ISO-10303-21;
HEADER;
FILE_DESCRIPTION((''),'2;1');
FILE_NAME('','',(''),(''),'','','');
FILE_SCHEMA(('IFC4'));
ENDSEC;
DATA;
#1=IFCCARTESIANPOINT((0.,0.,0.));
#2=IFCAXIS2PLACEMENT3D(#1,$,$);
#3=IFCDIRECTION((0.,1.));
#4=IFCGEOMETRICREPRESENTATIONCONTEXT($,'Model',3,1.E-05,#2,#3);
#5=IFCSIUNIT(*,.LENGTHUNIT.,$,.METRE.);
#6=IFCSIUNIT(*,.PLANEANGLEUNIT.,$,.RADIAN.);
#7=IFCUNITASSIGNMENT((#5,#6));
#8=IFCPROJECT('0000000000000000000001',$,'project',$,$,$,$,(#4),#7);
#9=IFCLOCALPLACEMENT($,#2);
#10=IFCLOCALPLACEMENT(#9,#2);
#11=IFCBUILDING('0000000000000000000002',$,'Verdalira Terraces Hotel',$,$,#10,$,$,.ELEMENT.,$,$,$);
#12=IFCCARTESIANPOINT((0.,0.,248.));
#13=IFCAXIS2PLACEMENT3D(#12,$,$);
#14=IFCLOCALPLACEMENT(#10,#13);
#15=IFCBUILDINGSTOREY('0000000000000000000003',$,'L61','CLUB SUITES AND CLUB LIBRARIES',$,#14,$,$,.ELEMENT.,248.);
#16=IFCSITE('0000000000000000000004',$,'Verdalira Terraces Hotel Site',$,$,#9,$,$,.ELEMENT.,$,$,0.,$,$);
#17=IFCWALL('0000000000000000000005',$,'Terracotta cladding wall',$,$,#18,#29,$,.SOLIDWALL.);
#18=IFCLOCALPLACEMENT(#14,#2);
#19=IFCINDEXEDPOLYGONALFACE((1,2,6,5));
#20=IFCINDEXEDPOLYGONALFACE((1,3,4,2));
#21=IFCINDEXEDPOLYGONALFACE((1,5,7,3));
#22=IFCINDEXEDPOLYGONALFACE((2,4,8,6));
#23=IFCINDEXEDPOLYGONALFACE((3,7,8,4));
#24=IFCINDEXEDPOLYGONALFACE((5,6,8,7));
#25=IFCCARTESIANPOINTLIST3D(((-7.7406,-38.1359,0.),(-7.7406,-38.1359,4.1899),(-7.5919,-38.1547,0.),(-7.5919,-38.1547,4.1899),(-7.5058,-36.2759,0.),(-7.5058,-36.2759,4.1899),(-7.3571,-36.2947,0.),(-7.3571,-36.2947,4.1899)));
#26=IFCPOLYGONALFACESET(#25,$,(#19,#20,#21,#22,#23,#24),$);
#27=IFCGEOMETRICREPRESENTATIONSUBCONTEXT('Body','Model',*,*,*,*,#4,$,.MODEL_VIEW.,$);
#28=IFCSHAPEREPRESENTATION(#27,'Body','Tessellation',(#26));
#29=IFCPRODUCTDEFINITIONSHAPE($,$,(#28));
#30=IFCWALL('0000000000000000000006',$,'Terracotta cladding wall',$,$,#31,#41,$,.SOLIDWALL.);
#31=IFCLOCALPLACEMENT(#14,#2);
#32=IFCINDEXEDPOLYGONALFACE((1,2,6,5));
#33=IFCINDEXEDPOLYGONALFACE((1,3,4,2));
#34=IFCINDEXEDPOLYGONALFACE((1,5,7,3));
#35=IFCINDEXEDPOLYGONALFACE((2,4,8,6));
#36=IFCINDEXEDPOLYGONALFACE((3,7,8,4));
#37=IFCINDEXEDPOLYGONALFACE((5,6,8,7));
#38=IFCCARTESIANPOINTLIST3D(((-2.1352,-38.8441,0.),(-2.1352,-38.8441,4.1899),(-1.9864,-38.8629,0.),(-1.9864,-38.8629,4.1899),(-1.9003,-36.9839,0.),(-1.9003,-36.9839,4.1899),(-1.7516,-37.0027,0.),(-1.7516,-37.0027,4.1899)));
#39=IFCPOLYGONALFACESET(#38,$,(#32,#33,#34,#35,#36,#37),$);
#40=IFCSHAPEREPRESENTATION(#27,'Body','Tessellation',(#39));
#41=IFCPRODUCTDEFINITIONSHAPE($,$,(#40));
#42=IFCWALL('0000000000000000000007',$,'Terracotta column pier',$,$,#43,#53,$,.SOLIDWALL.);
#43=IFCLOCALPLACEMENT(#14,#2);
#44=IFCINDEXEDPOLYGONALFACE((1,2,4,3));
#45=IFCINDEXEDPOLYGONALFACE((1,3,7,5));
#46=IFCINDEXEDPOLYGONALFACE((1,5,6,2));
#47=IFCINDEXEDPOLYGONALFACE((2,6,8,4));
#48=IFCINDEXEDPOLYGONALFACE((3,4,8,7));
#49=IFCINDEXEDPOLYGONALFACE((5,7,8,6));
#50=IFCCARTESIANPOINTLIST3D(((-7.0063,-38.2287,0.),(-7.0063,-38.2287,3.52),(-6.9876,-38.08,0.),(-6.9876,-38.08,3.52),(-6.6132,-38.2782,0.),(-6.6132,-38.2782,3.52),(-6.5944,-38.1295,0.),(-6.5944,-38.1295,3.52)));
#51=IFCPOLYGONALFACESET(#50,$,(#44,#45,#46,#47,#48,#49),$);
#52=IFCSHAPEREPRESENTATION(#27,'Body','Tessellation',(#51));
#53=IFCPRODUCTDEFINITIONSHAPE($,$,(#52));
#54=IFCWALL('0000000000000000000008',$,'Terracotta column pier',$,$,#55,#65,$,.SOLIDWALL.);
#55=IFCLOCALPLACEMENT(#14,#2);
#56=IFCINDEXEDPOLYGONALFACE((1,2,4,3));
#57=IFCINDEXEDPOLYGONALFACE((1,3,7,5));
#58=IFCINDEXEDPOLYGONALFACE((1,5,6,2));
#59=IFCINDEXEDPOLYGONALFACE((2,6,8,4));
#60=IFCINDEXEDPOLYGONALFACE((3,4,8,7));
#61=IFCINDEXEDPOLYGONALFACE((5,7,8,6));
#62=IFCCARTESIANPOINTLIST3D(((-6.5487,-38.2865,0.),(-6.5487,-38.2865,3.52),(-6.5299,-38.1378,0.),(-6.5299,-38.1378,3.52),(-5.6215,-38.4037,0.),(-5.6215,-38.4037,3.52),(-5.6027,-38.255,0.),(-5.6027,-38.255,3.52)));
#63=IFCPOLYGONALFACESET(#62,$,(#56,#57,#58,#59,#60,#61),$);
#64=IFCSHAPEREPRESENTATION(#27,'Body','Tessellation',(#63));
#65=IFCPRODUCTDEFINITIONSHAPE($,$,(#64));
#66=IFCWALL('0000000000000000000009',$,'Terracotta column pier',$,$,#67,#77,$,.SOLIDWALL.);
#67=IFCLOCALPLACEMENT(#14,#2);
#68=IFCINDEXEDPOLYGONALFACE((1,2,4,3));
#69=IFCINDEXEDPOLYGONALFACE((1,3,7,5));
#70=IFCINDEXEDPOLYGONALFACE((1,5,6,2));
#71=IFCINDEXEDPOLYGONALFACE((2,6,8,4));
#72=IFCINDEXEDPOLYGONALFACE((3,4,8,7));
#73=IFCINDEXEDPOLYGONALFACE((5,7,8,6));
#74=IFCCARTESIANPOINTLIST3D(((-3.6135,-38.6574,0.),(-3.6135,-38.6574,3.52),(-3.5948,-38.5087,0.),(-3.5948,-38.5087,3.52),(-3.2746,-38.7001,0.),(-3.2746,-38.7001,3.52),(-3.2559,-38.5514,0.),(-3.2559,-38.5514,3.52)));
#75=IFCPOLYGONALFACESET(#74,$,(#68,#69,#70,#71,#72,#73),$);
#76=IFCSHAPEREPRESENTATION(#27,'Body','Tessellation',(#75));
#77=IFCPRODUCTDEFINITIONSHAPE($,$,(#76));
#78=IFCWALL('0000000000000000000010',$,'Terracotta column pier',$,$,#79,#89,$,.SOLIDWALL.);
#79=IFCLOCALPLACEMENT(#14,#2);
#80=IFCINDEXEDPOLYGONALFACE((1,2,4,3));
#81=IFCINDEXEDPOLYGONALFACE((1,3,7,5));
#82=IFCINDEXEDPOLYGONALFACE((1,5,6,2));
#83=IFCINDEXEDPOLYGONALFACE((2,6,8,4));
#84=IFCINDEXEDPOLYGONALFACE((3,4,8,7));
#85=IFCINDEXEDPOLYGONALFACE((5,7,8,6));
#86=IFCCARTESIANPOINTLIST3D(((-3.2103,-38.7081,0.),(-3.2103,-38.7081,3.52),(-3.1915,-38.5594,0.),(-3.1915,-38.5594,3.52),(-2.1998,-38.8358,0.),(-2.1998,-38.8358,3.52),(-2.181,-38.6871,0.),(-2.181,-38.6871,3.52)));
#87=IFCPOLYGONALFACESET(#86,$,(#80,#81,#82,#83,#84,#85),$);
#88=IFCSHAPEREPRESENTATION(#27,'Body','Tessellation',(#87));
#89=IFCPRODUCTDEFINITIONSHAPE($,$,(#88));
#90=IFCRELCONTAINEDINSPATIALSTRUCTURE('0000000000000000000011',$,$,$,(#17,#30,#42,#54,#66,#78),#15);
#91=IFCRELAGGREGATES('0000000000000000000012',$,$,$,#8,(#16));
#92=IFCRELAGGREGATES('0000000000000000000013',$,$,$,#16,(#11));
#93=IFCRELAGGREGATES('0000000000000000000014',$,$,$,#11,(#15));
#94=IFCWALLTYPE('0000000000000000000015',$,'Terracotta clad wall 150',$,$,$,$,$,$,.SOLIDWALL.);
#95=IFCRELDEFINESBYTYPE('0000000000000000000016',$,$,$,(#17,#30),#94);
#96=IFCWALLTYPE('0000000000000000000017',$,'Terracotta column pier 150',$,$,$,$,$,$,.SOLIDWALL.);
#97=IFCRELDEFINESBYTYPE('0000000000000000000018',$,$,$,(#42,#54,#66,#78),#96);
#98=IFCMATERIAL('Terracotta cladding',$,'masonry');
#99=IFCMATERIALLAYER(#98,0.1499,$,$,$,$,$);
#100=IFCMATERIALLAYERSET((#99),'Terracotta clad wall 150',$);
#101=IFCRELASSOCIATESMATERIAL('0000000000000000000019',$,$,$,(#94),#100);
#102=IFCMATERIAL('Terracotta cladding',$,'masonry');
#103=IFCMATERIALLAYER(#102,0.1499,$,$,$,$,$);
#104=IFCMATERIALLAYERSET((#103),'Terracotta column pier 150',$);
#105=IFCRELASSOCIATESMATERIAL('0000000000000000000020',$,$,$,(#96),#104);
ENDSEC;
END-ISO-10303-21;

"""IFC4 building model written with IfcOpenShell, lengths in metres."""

from ifc_helpers import new_model, si_unit, direction, frame, frame_2d, origin, place, context, subcontext, project, spatial, rectangle, extrude, material, layer, layer_set, type_object, element, save


model = new_model("IFC4")

# Units and contexts
model_context = context("Model", 3, precision=1e-05, world=origin(), true_north=direction((0.0, 1.0)))
body_context = subcontext(model_context, "Body", "Model", "MODEL_VIEW")
ifc_project = project(units=[si_unit("LENGTHUNIT", "METRE"), si_unit("PLANEANGLEUNIT", "RADIAN")], contexts=[model_context])

# Site, building, storey
site_placement = place(None, origin())
site = spatial("IfcSite", under=ifc_project, at=site_placement, Name="Verdalira Terraces Hotel Site", CompositionType="ELEMENT", RefElevation=0.0)
building_placement = place(site_placement, origin())
building = spatial("IfcBuilding", under=site, at=building_placement, Name="Verdalira Terraces Hotel", CompositionType="ELEMENT")
storey_placement = place(building_placement, frame((0.0, 0.0, 248.0)))
storey = spatial("IfcBuildingStorey", under=building, at=storey_placement, Name="L61", Description="CLUB SUITES AND CLUB LIBRARIES", CompositionType="ELEMENT", Elevation=248.0)

# Walls
ifc_material_1 = material(Name="Terracotta cladding", Category="masonry")
ifc_layer_1 = layer(ifc_material_1, 0.1499)
ifc_layer_set_1 = layer_set([ifc_layer_1], Name="Terracotta clad wall 150")
wall_type_1 = type_object("IfcWallType", Name="Terracotta clad wall 150", PredefinedType="SOLIDWALL", material=ifc_layer_set_1)
wall_1_placement = place(storey_placement, frame((-7.4314, -36.2852, 0.0), z_axis=(0.0, 0.0, 1.0), x_axis=(-0.125269, -0.992123, 0.0)))
element("IfcWall", 1, at=wall_1_placement, inside=storey, type_object=wall_type_1, Name="Terracotta cladding wall", PredefinedType="SOLIDWALL", context=body_context, shape_type="SweptSolid", body=[
    extrude(rectangle(XDim=1.8748, YDim=0.1499, at=frame_2d((0.9375, 0.0))), origin(), (0.0, 0.0, 1.0), 4.1899),
])
wall_2_placement = place(storey_placement, frame((-2.0608, -38.8535, 0.0), z_axis=(0.0, 0.0, 1.0), x_axis=(0.125253, 0.992125, 0.0)))
element("IfcWall", 2, at=wall_2_placement, inside=storey, type_object=wall_type_1, Name="Terracotta cladding wall", PredefinedType="SOLIDWALL", context=body_context, shape_type="SweptSolid", body=[
    extrude(rectangle(XDim=1.875, YDim=0.1499, at=frame_2d((0.9375, 0.0))), origin(), (0.0, 0.0, 1.0), 4.1899),
])
ifc_material_2 = material(Name="Terracotta cladding", Category="masonry")
ifc_layer_2 = layer(ifc_material_2, 0.1499)
ifc_layer_set_2 = layer_set([ifc_layer_2], Name="Terracotta column pier 150")
wall_type_2 = type_object("IfcWallType", Name="Terracotta column pier 150", PredefinedType="SOLIDWALL", material=ifc_layer_set_2)
wall_3_placement = place(storey_placement, frame((-6.9971, -38.1543, 0.0), z_axis=(0.0, 0.0, 1.0), x_axis=(0.992145, -0.125096, 0.0)))
element("IfcWall", 3, at=wall_3_placement, inside=storey, type_object=wall_type_2, Name="Terracotta column pier", PredefinedType="SOLIDWALL", context=body_context, shape_type="SweptSolid", body=[
    extrude(rectangle(XDim=0.3962, YDim=0.1499, at=frame_2d((0.1982, 0.0))), origin(), (0.0, 0.0, 1.0), 3.52),
])
wall_4_placement = place(storey_placement, frame((-6.5393, -38.2122, 0.0), z_axis=(0.0, 0.0, 1.0), x_axis=(0.992108, -0.125385, 0.0)))
element("IfcWall", 4, at=wall_4_placement, inside=storey, type_object=wall_type_2, Name="Terracotta column pier", PredefinedType="SOLIDWALL", context=body_context, shape_type="SweptSolid", body=[
    extrude(rectangle(XDim=0.9346, YDim=0.1499, at=frame_2d((0.4673, 0.0))), origin(), (0.0, 0.0, 1.0), 3.52),
])
wall_5_placement = place(storey_placement, frame((-3.6042, -38.583, 0.0), z_axis=(0.0, 0.0, 1.0), x_axis=(0.992145, -0.12509, 0.0)))
element("IfcWall", 5, at=wall_5_placement, inside=storey, type_object=wall_type_2, Name="Terracotta column pier", PredefinedType="SOLIDWALL", context=body_context, shape_type="SweptSolid", body=[
    extrude(rectangle(XDim=0.3416, YDim=0.1499, at=frame_2d((0.1709, 0.0))), origin(), (0.0, 0.0, 1.0), 3.52),
])
wall_6_placement = place(storey_placement, frame((-3.2009, -38.6338, 0.0), z_axis=(0.0, 0.0, 1.0), x_axis=(0.992111, -0.125362, 0.0)))
element("IfcWall", 6, at=wall_6_placement, inside=storey, type_object=wall_type_2, Name="Terracotta column pier", PredefinedType="SOLIDWALL", context=body_context, shape_type="SweptSolid", body=[
    extrude(rectangle(XDim=1.0186, YDim=0.1499, at=frame_2d((0.5093, 0.0))), origin(), (0.0, 0.0, 1.0), 3.52),
])

save(model, "model.ifc")
